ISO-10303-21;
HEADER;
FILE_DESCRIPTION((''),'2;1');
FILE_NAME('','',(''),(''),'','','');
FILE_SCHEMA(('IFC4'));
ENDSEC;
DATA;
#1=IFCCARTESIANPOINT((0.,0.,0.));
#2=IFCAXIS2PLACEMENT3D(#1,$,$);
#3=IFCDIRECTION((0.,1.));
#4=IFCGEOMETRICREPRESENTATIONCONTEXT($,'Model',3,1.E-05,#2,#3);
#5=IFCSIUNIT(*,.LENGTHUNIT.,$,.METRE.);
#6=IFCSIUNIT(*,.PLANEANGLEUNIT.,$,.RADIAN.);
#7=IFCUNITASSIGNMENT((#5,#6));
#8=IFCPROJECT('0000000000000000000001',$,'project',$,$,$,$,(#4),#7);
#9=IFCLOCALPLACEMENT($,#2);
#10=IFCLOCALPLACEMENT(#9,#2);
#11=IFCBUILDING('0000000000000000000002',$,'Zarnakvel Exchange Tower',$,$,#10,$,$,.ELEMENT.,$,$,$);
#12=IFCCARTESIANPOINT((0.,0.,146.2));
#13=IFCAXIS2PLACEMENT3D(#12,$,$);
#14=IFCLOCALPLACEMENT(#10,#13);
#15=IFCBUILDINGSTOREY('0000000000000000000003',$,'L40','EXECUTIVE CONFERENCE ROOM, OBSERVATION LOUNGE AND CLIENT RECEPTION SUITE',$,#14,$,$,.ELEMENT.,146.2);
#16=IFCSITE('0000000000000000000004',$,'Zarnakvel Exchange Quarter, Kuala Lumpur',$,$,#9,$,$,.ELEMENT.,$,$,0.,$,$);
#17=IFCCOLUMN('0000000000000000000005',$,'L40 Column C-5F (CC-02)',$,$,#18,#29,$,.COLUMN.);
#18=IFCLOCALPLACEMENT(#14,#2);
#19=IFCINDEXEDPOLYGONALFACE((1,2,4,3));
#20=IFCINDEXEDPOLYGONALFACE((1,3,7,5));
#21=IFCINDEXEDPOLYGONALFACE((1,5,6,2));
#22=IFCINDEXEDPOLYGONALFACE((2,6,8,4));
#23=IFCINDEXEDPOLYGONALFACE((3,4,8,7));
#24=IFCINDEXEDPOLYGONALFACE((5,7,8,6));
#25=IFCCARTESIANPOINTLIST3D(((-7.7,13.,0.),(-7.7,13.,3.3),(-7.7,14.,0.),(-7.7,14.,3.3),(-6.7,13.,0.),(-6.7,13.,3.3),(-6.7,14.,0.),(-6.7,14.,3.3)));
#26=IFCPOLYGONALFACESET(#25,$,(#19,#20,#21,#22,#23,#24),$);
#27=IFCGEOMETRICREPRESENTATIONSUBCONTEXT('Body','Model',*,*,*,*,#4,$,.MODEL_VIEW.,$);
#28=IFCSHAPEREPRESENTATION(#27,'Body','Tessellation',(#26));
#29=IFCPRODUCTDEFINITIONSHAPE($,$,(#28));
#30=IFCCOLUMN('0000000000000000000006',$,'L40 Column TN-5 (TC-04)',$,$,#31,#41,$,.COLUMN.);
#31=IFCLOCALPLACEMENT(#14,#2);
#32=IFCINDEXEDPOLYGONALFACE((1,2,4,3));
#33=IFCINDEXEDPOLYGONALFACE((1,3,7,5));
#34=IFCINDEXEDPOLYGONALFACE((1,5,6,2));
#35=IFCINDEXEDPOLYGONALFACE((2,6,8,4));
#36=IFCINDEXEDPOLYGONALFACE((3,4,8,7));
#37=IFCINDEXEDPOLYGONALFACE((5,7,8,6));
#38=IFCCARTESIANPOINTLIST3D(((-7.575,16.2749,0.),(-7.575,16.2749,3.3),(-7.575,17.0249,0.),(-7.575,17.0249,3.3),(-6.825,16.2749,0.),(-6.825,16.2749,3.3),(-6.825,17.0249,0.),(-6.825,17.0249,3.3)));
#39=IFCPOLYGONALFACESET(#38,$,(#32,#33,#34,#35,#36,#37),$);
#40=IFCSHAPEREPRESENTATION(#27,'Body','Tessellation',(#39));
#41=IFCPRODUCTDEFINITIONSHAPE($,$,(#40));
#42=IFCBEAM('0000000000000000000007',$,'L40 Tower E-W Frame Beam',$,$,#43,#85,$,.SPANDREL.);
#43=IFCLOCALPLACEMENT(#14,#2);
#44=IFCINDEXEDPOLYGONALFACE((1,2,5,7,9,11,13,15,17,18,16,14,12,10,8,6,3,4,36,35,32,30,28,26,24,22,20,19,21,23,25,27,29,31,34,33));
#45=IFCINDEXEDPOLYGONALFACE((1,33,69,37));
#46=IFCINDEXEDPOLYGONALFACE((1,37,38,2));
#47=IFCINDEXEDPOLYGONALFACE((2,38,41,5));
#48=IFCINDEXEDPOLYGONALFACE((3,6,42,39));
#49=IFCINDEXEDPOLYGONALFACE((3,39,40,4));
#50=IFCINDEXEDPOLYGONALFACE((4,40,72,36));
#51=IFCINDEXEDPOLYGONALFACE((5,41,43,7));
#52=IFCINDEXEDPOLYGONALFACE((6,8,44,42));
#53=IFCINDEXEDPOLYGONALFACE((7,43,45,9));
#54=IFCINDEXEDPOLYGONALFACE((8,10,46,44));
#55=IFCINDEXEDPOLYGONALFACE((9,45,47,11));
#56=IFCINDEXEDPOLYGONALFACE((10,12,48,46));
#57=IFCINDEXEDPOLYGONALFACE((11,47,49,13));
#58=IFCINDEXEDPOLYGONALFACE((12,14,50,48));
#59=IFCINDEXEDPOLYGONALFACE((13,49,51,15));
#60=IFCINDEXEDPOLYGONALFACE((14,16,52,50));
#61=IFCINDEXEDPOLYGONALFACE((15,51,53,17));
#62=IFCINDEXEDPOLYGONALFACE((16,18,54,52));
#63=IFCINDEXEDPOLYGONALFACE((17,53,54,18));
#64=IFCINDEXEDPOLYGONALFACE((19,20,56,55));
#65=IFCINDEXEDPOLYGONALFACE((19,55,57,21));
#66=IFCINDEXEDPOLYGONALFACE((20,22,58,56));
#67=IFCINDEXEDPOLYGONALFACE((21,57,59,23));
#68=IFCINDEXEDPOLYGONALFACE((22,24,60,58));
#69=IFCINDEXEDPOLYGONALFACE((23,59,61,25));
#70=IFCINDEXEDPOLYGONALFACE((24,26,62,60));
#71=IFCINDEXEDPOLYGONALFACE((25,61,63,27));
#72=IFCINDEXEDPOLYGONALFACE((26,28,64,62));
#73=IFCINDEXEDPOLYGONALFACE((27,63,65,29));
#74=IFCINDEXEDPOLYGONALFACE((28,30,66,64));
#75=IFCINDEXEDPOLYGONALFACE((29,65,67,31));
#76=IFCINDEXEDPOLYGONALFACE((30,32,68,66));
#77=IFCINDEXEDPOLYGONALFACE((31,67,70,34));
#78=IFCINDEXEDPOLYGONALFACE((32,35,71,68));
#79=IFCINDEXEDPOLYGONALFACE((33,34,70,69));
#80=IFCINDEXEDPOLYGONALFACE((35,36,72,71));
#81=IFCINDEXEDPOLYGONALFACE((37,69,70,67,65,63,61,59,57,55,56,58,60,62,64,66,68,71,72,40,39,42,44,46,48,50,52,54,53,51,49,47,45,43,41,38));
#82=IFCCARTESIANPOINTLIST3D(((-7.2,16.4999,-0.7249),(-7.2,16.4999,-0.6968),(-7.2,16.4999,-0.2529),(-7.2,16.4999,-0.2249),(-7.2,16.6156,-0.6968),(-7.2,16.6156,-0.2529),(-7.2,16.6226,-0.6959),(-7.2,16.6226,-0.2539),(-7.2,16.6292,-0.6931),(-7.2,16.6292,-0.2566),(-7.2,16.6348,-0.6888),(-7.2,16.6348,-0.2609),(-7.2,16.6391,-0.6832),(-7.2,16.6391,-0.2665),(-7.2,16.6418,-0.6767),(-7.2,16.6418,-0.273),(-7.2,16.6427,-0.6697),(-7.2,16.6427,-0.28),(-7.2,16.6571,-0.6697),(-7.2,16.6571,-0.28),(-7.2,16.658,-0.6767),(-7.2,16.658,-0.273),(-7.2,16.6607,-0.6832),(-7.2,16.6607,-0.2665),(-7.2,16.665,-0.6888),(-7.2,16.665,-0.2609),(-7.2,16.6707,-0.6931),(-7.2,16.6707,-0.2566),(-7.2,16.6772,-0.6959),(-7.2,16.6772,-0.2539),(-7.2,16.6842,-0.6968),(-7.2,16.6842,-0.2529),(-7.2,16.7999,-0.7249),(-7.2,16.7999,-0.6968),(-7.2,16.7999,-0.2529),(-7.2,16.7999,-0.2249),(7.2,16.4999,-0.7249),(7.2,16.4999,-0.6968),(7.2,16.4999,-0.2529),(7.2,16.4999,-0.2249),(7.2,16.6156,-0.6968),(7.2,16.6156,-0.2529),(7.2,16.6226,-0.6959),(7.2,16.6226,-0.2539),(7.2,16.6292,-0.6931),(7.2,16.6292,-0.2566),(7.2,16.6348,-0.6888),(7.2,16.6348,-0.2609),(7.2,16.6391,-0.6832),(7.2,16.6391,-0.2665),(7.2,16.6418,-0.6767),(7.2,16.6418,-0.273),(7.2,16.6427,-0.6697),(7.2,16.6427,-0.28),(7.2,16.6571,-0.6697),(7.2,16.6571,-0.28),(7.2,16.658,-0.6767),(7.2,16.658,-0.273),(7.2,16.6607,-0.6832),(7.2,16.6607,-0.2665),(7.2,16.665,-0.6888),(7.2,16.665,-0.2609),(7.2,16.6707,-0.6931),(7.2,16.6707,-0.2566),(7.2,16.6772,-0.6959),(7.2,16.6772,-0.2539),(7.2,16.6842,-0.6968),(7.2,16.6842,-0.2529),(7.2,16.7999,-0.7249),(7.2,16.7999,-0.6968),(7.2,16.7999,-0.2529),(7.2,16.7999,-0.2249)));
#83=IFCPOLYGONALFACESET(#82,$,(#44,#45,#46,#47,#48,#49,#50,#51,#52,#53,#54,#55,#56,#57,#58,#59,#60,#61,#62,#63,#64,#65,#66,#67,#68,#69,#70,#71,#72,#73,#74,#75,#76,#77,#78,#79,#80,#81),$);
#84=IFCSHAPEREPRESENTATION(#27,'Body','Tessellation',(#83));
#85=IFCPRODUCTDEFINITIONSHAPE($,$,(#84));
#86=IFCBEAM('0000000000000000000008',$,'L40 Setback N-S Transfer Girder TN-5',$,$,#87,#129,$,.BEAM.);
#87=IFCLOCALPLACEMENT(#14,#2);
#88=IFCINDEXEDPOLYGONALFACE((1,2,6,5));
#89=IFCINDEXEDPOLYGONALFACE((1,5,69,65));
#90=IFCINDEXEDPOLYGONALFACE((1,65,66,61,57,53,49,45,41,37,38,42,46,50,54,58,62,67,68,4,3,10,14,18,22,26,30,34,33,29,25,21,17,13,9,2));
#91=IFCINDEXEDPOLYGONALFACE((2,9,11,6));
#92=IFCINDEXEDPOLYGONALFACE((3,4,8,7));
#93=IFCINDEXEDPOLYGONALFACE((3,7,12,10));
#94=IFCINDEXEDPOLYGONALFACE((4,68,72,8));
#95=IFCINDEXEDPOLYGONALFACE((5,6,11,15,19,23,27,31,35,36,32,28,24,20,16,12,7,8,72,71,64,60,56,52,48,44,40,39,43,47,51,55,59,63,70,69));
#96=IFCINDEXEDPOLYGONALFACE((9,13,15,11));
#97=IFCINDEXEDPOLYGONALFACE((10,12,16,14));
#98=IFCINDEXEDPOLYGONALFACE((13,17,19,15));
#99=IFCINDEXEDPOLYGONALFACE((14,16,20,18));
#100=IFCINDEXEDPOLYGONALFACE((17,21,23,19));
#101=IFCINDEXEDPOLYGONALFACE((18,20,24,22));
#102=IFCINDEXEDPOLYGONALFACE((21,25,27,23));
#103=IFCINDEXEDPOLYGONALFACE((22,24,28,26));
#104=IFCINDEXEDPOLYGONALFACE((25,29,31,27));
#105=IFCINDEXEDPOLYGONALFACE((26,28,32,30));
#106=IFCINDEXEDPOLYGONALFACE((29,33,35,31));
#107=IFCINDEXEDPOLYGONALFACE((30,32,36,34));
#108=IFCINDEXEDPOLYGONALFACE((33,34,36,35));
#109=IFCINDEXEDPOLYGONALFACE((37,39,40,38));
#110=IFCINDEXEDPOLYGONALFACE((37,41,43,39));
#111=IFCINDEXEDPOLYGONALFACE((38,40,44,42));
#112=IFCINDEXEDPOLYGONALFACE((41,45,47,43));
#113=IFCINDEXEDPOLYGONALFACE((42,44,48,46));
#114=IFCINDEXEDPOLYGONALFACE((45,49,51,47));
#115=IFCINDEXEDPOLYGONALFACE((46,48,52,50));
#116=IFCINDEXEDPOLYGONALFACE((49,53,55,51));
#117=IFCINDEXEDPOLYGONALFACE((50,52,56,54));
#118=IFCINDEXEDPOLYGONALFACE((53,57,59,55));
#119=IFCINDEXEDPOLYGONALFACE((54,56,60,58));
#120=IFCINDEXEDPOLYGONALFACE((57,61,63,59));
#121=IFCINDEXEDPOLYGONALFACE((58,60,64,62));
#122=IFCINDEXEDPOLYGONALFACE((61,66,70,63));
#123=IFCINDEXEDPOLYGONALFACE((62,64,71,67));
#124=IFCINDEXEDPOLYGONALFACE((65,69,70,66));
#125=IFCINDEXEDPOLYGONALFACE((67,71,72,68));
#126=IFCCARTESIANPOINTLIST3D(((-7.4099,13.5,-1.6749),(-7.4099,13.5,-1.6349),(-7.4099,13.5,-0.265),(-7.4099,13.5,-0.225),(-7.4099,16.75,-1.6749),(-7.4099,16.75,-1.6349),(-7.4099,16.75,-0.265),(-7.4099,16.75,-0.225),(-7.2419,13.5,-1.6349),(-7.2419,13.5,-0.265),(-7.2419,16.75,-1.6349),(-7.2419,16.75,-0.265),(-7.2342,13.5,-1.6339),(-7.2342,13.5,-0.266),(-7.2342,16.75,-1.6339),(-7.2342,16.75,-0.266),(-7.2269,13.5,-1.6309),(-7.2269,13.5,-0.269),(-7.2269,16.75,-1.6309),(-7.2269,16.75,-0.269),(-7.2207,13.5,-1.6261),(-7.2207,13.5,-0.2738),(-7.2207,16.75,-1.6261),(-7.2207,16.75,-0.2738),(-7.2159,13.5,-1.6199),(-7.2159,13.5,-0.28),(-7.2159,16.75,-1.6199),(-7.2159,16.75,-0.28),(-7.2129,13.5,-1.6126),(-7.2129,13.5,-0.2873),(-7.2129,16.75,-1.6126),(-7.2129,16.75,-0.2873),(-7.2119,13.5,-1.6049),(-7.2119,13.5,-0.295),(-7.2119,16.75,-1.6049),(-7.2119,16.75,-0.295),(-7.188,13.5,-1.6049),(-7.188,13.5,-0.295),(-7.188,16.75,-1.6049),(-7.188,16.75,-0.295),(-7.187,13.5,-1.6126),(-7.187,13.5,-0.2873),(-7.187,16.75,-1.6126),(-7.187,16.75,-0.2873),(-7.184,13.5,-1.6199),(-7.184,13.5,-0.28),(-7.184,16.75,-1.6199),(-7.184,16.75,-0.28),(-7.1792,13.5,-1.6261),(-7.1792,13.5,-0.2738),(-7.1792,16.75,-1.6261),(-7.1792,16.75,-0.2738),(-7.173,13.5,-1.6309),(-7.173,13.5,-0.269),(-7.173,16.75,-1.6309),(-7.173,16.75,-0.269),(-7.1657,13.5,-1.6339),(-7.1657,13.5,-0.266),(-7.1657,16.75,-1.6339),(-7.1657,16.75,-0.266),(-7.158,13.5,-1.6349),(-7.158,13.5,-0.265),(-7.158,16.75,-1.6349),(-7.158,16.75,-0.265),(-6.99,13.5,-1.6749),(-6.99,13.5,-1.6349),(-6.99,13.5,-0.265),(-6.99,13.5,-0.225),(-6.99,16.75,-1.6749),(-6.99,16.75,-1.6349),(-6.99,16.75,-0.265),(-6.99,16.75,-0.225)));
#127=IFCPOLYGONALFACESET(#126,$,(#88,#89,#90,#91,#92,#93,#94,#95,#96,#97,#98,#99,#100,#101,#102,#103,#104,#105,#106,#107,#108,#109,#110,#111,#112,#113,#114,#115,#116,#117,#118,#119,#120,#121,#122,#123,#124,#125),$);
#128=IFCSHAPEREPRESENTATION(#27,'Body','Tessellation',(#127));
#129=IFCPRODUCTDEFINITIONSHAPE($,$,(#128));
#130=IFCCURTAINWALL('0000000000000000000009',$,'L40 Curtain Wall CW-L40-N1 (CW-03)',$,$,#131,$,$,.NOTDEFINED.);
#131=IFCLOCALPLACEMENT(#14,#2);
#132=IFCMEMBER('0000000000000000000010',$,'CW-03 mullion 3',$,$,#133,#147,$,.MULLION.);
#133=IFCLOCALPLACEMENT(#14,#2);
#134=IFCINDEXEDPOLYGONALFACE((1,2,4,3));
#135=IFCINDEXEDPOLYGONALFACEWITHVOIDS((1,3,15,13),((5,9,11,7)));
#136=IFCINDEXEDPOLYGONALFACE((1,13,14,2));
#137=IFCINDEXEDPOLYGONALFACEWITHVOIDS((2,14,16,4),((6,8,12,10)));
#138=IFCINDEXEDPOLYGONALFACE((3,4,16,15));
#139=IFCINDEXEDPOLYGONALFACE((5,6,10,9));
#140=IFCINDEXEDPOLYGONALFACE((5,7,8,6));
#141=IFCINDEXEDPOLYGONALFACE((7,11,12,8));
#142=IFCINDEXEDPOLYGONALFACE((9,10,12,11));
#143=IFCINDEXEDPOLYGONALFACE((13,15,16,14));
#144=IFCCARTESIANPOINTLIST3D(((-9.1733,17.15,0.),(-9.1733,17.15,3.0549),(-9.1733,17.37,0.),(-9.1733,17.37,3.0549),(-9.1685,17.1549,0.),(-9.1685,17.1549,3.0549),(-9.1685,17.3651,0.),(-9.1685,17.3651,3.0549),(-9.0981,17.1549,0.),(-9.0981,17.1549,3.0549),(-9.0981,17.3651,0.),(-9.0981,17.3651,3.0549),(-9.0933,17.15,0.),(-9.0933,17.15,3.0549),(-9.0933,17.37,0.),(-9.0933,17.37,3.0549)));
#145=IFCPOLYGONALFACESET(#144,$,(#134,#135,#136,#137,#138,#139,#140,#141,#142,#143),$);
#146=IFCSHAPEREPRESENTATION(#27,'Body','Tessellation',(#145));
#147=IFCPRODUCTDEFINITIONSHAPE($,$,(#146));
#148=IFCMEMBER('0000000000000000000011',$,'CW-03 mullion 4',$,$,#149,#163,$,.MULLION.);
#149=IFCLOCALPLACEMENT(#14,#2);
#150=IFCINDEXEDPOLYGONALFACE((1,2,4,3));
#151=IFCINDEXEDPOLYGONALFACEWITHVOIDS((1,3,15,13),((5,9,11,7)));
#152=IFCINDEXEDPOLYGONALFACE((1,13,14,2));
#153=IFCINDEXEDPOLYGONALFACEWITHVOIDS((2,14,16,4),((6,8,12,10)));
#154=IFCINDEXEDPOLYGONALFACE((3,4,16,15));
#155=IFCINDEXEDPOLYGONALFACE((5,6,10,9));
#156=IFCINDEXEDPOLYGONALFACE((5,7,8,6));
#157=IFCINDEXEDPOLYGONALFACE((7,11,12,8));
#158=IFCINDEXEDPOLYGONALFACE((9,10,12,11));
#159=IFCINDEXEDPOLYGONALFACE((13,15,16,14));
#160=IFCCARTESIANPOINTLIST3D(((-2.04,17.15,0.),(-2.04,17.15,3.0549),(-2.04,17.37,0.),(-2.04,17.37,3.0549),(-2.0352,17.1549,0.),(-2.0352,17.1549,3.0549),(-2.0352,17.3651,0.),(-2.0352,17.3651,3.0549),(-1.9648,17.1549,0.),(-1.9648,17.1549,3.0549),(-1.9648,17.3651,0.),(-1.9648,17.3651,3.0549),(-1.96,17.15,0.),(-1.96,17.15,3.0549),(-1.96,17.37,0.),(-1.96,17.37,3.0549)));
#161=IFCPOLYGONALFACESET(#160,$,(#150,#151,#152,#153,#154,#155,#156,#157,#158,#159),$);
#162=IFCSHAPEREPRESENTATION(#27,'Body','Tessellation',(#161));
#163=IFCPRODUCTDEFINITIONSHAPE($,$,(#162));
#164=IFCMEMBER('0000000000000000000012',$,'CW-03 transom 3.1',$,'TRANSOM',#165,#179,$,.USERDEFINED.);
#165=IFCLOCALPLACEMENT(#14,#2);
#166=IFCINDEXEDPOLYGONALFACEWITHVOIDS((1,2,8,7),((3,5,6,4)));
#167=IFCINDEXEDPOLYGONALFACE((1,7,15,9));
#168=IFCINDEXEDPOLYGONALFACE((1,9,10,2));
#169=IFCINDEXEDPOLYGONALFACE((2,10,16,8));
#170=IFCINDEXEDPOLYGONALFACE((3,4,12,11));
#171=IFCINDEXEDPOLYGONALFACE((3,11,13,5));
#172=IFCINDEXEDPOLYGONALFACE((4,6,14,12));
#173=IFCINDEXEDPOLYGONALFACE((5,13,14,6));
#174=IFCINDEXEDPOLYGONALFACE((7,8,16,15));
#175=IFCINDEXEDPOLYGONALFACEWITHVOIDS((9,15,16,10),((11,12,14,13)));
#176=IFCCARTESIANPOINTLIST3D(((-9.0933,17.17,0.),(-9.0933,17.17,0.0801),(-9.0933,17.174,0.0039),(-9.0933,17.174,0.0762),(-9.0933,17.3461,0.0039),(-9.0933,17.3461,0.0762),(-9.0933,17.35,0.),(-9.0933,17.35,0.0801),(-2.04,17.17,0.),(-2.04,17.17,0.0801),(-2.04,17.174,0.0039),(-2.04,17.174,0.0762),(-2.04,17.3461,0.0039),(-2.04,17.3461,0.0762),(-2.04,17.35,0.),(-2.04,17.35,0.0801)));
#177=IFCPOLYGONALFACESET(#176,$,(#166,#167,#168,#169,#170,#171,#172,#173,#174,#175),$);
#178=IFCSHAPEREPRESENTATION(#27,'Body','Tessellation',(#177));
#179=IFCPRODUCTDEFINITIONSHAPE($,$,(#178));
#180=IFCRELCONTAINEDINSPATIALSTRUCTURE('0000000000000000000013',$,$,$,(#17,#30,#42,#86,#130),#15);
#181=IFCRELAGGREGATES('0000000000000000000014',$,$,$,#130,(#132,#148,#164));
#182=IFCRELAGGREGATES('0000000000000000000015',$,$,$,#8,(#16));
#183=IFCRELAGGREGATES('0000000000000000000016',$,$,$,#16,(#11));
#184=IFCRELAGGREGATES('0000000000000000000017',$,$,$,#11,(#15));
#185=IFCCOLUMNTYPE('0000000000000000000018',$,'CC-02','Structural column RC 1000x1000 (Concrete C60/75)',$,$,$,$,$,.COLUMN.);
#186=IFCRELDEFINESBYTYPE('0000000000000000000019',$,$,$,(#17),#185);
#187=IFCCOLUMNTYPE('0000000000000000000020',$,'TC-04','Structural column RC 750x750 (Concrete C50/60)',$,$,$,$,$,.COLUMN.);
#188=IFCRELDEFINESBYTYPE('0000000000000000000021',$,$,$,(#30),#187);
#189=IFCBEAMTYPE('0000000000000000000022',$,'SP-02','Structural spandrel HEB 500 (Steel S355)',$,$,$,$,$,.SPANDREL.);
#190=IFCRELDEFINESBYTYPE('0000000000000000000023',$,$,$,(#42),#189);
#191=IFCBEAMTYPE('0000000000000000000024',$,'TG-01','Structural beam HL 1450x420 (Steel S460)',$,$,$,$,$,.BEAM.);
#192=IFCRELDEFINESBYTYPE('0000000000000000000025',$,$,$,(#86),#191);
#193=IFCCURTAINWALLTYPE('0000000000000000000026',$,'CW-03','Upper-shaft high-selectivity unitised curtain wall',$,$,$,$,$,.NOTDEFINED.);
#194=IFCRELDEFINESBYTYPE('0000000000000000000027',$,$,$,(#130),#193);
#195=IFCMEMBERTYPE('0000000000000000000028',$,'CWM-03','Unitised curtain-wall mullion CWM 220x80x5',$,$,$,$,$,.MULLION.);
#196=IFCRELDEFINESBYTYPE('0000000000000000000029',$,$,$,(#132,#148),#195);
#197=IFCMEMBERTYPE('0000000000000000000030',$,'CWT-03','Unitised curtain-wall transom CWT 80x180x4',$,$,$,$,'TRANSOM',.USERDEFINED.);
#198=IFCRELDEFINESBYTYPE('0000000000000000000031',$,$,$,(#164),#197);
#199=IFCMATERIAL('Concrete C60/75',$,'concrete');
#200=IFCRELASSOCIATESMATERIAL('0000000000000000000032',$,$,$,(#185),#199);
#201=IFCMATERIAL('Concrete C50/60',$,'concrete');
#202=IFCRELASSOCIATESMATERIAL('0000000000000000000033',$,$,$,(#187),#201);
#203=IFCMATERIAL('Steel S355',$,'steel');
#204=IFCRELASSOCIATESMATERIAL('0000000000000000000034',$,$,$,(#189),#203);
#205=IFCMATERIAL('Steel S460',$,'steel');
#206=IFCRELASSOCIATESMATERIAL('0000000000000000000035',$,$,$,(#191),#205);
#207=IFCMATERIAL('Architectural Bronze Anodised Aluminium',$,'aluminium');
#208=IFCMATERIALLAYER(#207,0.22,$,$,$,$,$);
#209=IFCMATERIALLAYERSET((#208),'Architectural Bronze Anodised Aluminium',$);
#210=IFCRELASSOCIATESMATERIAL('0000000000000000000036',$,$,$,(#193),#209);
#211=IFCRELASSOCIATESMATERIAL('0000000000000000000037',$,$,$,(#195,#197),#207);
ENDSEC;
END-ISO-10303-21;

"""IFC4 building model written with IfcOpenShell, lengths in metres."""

from ifc_helpers import new_model, si_unit, direction, frame, origin, origin_2d, place, context, subcontext, project, spatial, rectangle, hollow_rectangle, i_section, extrude, source, transform, mapped, material, layer, layer_set, material_profile, profile_set, type_object, element, aggregate, save


model = new_model("IFC4")

# Units and contexts
model_context = context("Model", 3, precision=1e-05, world=origin(), true_north=direction((0.0, 1.0)))
body_context = subcontext(model_context, "Body", "Model", "MODEL_VIEW")
ifc_project = project(units=[si_unit("LENGTHUNIT", "METRE"), si_unit("PLANEANGLEUNIT", "RADIAN")], contexts=[model_context])

# Site, building, storey
site_placement = place(None, origin())
site = spatial("IfcSite", under=ifc_project, at=site_placement, Name="Zarnakvel Exchange Quarter, Kuala Lumpur", CompositionType="ELEMENT", RefElevation=0.0)
building_placement = place(site_placement, origin())
building = spatial("IfcBuilding", under=site, at=building_placement, Name="Zarnakvel Exchange Tower", CompositionType="ELEMENT")
storey_placement = place(building_placement, frame((0.0, 0.0, 146.2)))
storey = spatial("IfcBuildingStorey", under=building, at=storey_placement, Name="L40", Description="EXECUTIVE CONFERENCE ROOM, OBSERVATION LOUNGE AND CLIENT RECEPTION SUITE", CompositionType="ELEMENT", Elevation=146.2)

# Columns
ifc_material_1 = material(Name="Concrete C60/75", Category="concrete")
ifc_material_profile_1 = material_profile(ifc_material_1, rectangle(XDim=1.0, YDim=1.0, at=origin_2d()))
ifc_profile_set_1 = profile_set([ifc_material_profile_1], Name="Concrete C60/75")
column_type_1 = type_object("IfcColumnType", Name="CC-02", Description="Structural column RC 1000x1000 (Concrete C60/75)", PredefinedType="COLUMN", material=ifc_profile_set_1)
column_1_placement = place(storey_placement, frame((-7.2, 13.5, 0.0), z_axis=(0.0, 0.0, 1.0), x_axis=(1.0, 0.0, 0.0)))
element("IfcColumn", 1, at=column_1_placement, inside=storey, type_object=column_type_1, Name="L40 Column C-5F (CC-02)", PredefinedType="COLUMN", context=body_context, shape_type="SweptSolid", body=[
    extrude(rectangle(XDim=1.0, YDim=1.0, at=origin_2d()), origin(), (0.0, 0.0, 1.0), 3.3),
])
ifc_material_2 = material(Name="Concrete C50/60", Category="concrete")
ifc_material_profile_2 = material_profile(ifc_material_2, rectangle(XDim=0.75, YDim=0.75, at=origin_2d()))
ifc_profile_set_2 = profile_set([ifc_material_profile_2], Name="Concrete C50/60")
column_type_2 = type_object("IfcColumnType", Name="TC-04", Description="Structural column RC 750x750 (Concrete C50/60)", PredefinedType="COLUMN", material=ifc_profile_set_2)
column_2_placement = place(storey_placement, frame((-7.2, 16.6499, 0.0), z_axis=(0.0, 0.0, 1.0), x_axis=(1.0, 0.0, 0.0)))
element("IfcColumn", 2, at=column_2_placement, inside=storey, type_object=column_type_2, Name="L40 Column TN-5 (TC-04)", PredefinedType="COLUMN", context=body_context, shape_type="SweptSolid", body=[
    extrude(rectangle(XDim=0.75, YDim=0.75, at=origin_2d()), origin(), (0.0, 0.0, 1.0), 3.3),
])

# Beams
ifc_material_3 = material(Name="Steel S355", Category="steel")
ifc_material_profile_3 = material_profile(ifc_material_3, i_section(OverallWidth=0.3, OverallDepth=0.5, WebThickness=0.0144, FlangeThickness=0.0281, FilletRadius=0.0271, at=origin_2d()))
ifc_profile_set_3 = profile_set([ifc_material_profile_3], Name="Steel S355")
beam_type_1 = type_object("IfcBeamType", Name="SP-02", Description="Structural spandrel HEB 500 (Steel S355)", PredefinedType="SPANDREL", material=ifc_profile_set_3)
beam_1_placement = place(storey_placement, frame((-7.2, 16.6499, -0.4749), z_axis=(1.0, 0.0, 0.0), x_axis=(0.0, 1.0, 0.0)))
element("IfcBeam", 3, at=beam_1_placement, inside=storey, type_object=beam_type_1, Name="L40 Tower E-W Frame Beam", PredefinedType="SPANDREL", context=body_context, shape_type="SweptSolid", body=[
    extrude(i_section(OverallWidth=0.3, OverallDepth=0.5, WebThickness=0.0144, FlangeThickness=0.0281, FilletRadius=0.0271, at=origin_2d()), origin(), (0.0, 0.0, 1.0), 14.3999),
])
ifc_material_4 = material(Name="Steel S460", Category="steel")
ifc_material_profile_4 = material_profile(ifc_material_4, i_section(OverallWidth=0.4199, OverallDepth=1.45, WebThickness=0.0239, FlangeThickness=0.04, FilletRadius=0.03, at=origin_2d()))
ifc_profile_set_4 = profile_set([ifc_material_profile_4], Name="Steel S460")
beam_type_2 = type_object("IfcBeamType", Name="TG-01", Description="Structural beam HL 1450x420 (Steel S460)", PredefinedType="BEAM", material=ifc_profile_set_4)
beam_2_placement = place(storey_placement, frame((-7.2, 13.5, -0.95), z_axis=(0.0, 1.0, 0.0), x_axis=(-1.0, 0.0, 0.0)))
element("IfcBeam", 4, at=beam_2_placement, inside=storey, type_object=beam_type_2, Name="L40 Setback N-S Transfer Girder TN-5", PredefinedType="BEAM", context=body_context, shape_type="SweptSolid", body=[
    extrude(i_section(OverallWidth=0.4199, OverallDepth=1.45, WebThickness=0.0239, FlangeThickness=0.04, FilletRadius=0.03, at=origin_2d()), origin(), (0.0, 0.0, 1.0), 3.25),
])

# Curtain wall, members
ifc_material_5 = material(Name="Architectural Bronze Anodised Aluminium", Category="aluminium")
ifc_layer_1 = layer(ifc_material_5, 0.22)
ifc_layer_set_1 = layer_set([ifc_layer_1], Name="Architectural Bronze Anodised Aluminium")
curtain_wall_type = type_object("IfcCurtainWallType", Name="CW-03", Description="Upper-shaft high-selectivity unitised curtain wall", PredefinedType="NOTDEFINED", material=ifc_layer_set_1)
curtain_wall_placement = place(storey_placement, origin())
curtain_wall = element("IfcCurtainWall", 5, at=curtain_wall_placement, inside=storey, type_object=curtain_wall_type, Name="L40 Curtain Wall CW-L40-N1 (CW-03)", PredefinedType="NOTDEFINED")
ifc_material_profile_5 = material_profile(ifc_material_5, hollow_rectangle(XDim=0.22, YDim=0.0801, WallThickness=0.0049, at=origin_2d()))
ifc_profile_set_5 = profile_set([ifc_material_profile_5], Name="Architectural Bronze Anodised Aluminium")
member_type_1 = type_object("IfcMemberType", Name="CWM-03", Description="Unitised curtain-wall mullion CWM 220x80x5", PredefinedType="MULLION", material=ifc_profile_set_5)
shared_shape_1 = source(origin(), body_context, "Body", "SweptSolid", [
    extrude(hollow_rectangle(XDim=0.22, YDim=0.0801, WallThickness=0.0049, at=origin_2d()), origin(), (0.0, 0.0, 1.0), 3.0549),
])
member_1_placement = place(storey_placement, frame((-9.1333, 17.26, 0.0), z_axis=(0.0, 0.0, 1.0), x_axis=(0.0, 1.0, 0.0)))
member_1 = element("IfcMember", 6, at=member_1_placement, type_object=member_type_1, Name="CW-03 mullion 3", PredefinedType="MULLION", context=body_context, shape_type="MappedRepresentation", body=[
    mapped(shared_shape_1, transform((0.0, 0.0, 0.0), x_axis=(1.0, 0.0, 0.0), y_axis=(0.0, 1.0, 0.0), z_axis=(0.0, 0.0, 1.0), scale=1.0)),
])
member_2_placement = place(storey_placement, frame((-2.0, 17.26, 0.0), z_axis=(0.0, 0.0, 1.0), x_axis=(0.0, 1.0, 0.0)))
member_2 = element("IfcMember", 7, at=member_2_placement, type_object=member_type_1, Name="CW-03 mullion 4", PredefinedType="MULLION", context=body_context, shape_type="MappedRepresentation", body=[
    mapped(shared_shape_1, transform((0.0, 0.0, 0.0), x_axis=(1.0, 0.0, 0.0), y_axis=(0.0, 1.0, 0.0), z_axis=(0.0, 0.0, 1.0), scale=1.0)),
])
ifc_material_profile_6 = material_profile(ifc_material_5, hollow_rectangle(XDim=0.1799, YDim=0.0801, WallThickness=0.0039, at=origin_2d()))
ifc_profile_set_6 = profile_set([ifc_material_profile_6], Name="Architectural Bronze Anodised Aluminium")
member_type_2 = type_object("IfcMemberType", Name="CWT-03", Description="Unitised curtain-wall transom CWT 80x180x4", ElementType="TRANSOM", PredefinedType="USERDEFINED", material=ifc_profile_set_6)
shared_shape_2 = source(origin(), body_context, "Body", "SweptSolid", [
    extrude(hollow_rectangle(XDim=0.1799, YDim=0.0801, WallThickness=0.0039, at=origin_2d()), origin(), (0.0, 0.0, 1.0), 7.0532),
])
member_3_placement = place(storey_placement, frame((-9.0933, 17.26, 0.04), z_axis=(1.0, 0.0, 0.0), x_axis=(0.0, 1.0, 0.0)))
member_3 = element("IfcMember", 8, at=member_3_placement, type_object=member_type_2, Name="CW-03 transom 3.1", ObjectType="TRANSOM", PredefinedType="USERDEFINED", context=body_context, shape_type="MappedRepresentation", body=[
    mapped(shared_shape_2, transform((0.0, 0.0, 0.0), x_axis=(1.0, 0.0, 0.0), y_axis=(0.0, 1.0, 0.0), z_axis=(0.0, 0.0, 1.0), scale=1.0)),
])
aggregate(curtain_wall, [member_1, member_2, member_3])

save(model, "model.ifc")
